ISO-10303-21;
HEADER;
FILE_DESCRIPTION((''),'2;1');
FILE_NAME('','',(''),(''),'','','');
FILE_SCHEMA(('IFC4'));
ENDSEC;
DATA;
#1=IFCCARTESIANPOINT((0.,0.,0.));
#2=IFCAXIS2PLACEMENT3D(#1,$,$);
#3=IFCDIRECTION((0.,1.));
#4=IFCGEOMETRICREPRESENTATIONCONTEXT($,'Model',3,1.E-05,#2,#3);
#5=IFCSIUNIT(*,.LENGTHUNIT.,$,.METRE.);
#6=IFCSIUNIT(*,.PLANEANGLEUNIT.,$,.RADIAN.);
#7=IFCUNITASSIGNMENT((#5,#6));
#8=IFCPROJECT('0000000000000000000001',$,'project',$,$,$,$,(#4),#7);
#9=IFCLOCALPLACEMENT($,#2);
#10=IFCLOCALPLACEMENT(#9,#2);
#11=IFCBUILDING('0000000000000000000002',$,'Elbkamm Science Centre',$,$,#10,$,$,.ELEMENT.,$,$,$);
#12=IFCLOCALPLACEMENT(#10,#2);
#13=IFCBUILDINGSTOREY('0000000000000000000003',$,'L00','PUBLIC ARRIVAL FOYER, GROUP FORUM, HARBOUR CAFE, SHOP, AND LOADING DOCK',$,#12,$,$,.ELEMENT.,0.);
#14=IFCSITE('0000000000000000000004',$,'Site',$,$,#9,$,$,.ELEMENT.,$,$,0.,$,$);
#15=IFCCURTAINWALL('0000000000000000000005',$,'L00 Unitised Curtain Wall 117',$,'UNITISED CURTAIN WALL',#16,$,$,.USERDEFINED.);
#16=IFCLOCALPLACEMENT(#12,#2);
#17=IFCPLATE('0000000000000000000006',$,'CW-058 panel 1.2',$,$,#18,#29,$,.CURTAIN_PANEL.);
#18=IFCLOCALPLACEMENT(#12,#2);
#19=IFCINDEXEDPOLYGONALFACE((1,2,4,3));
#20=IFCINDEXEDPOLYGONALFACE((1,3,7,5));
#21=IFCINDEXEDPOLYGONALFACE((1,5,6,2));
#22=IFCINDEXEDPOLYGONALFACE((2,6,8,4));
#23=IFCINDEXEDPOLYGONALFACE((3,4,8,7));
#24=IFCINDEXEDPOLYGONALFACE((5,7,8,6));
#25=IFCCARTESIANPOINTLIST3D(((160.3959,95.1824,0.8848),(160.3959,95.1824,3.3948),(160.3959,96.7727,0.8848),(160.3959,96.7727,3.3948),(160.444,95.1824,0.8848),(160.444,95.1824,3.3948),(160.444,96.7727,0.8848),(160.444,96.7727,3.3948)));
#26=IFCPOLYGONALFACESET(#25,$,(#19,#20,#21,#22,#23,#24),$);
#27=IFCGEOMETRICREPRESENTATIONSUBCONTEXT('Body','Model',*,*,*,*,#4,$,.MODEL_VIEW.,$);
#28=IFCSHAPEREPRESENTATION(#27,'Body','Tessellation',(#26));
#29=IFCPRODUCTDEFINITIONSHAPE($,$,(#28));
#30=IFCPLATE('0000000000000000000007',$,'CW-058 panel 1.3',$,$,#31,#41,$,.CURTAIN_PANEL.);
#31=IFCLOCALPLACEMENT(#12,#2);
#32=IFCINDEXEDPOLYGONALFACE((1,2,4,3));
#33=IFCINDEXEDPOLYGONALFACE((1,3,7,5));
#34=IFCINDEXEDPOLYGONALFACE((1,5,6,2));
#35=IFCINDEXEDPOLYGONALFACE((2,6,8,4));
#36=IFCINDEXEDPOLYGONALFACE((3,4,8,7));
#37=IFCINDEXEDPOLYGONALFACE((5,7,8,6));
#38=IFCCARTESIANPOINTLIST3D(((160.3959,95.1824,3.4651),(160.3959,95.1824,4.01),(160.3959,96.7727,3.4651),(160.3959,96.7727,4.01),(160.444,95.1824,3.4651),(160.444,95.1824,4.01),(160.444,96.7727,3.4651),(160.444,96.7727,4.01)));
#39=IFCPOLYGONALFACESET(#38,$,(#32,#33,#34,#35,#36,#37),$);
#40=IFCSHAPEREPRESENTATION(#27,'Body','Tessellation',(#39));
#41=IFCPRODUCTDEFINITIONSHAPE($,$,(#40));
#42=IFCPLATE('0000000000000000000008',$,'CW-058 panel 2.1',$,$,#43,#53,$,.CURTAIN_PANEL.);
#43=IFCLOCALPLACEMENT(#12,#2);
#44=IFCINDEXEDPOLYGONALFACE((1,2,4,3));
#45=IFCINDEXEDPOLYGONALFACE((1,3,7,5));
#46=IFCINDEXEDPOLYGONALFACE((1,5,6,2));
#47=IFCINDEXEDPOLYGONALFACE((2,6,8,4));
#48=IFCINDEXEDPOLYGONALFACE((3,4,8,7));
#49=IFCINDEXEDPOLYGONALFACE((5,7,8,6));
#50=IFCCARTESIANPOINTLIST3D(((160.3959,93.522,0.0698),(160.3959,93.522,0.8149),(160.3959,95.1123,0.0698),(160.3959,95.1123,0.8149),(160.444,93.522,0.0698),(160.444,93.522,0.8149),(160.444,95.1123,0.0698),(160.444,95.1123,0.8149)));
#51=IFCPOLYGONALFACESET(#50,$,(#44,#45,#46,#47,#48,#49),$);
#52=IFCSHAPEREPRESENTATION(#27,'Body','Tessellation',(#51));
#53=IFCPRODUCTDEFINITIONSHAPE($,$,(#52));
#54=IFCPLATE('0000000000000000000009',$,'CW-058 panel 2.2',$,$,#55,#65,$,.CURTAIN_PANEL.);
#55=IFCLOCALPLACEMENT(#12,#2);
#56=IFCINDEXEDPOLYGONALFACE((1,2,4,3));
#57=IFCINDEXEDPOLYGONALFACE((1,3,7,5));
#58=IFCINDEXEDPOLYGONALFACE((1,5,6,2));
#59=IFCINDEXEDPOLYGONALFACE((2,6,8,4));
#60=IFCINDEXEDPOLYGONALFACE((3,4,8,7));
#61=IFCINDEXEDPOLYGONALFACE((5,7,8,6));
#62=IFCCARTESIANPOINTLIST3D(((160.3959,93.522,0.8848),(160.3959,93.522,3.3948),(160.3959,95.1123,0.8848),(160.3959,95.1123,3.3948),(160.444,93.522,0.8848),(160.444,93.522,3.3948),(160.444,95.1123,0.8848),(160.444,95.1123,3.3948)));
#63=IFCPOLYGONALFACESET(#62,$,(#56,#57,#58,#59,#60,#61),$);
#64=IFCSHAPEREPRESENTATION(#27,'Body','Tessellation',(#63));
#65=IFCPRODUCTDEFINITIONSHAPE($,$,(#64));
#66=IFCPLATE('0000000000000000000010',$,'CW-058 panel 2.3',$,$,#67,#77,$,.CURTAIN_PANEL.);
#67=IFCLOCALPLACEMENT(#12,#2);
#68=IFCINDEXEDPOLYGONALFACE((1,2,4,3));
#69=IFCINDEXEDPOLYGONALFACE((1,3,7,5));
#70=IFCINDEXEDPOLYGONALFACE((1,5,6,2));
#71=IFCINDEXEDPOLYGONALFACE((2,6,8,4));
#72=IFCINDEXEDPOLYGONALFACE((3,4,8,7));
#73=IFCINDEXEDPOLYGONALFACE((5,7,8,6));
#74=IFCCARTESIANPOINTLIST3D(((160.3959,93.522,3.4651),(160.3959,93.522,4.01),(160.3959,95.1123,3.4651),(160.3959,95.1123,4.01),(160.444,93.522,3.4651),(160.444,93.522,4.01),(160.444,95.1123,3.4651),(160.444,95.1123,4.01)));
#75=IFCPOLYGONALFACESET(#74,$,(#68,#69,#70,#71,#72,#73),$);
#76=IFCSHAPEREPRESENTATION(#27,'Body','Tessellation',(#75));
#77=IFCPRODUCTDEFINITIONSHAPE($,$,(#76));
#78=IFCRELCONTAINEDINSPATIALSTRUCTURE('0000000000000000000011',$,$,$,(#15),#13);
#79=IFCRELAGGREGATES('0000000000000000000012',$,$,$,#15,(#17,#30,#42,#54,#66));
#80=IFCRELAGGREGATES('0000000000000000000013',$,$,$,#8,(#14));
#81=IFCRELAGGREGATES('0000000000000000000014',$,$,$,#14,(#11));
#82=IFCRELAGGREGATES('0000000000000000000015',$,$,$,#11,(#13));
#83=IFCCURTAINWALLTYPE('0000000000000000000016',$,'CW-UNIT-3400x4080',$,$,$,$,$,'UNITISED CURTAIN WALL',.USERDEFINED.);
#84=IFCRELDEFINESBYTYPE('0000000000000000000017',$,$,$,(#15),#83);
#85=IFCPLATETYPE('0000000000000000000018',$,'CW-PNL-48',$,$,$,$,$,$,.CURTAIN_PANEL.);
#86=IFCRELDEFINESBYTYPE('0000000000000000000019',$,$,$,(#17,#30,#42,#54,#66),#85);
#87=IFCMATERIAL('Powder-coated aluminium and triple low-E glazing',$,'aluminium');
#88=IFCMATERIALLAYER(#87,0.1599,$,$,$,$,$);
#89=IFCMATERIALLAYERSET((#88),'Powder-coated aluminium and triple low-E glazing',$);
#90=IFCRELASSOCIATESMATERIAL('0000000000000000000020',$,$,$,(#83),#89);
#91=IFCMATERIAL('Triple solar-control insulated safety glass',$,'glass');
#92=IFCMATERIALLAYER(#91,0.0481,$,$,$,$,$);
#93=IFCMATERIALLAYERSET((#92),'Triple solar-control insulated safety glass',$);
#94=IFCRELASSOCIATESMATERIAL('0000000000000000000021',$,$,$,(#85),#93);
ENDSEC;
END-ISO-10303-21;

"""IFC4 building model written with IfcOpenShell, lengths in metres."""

from ifc_helpers import new_model, si_unit, direction, frame, origin, origin_2d, place, context, subcontext, project, spatial, rectangle, extrude, material, layer, layer_set, type_object, element, aggregate, save


model = new_model("IFC4")

# Units and contexts
model_context = context("Model", 3, precision=1e-05, world=origin(), true_north=direction((0.0, 1.0)))
body_context = subcontext(model_context, "Body", "Model", "MODEL_VIEW")
ifc_project = project(units=[si_unit("LENGTHUNIT", "METRE"), si_unit("PLANEANGLEUNIT", "RADIAN")], contexts=[model_context])

# Site, building, storey
site_placement = place(None, origin())
site = spatial("IfcSite", under=ifc_project, at=site_placement, Name="Site", CompositionType="ELEMENT", RefElevation=0.0)
building_placement = place(site_placement, origin())
building = spatial("IfcBuilding", under=site, at=building_placement, Name="Elbkamm Science Centre", CompositionType="ELEMENT")
storey_placement = place(building_placement, origin())
storey = spatial("IfcBuildingStorey", under=building, at=storey_placement, Name="L00", Description="PUBLIC ARRIVAL FOYER, GROUP FORUM, HARBOUR CAFE, SHOP, AND LOADING DOCK", CompositionType="ELEMENT", Elevation=0.0)

# Shared definitions
ifc_material_1 = material(Name="Powder-coated aluminium and triple low-E glazing", Category="aluminium")
ifc_layer_1 = layer(ifc_material_1, 0.1599)
ifc_layer_set_1 = layer_set([ifc_layer_1], Name="Powder-coated aluminium and triple low-E glazing")
curtain_wall_type_1 = type_object("IfcCurtainWallType", Name="CW-UNIT-3400x4080", ElementType="UNITISED CURTAIN WALL", PredefinedType="USERDEFINED", material=ifc_layer_set_1)

# Curtain wall
curtain_wall_1_placement = place(storey_placement, origin())
curtain_wall_1 = element("IfcCurtainWall", 1, at=curtain_wall_1_placement, inside=storey, type_object=curtain_wall_type_1, Name="L00 Unitised Curtain Wall 117", ObjectType="UNITISED CURTAIN WALL", PredefinedType="USERDEFINED")

# Plates
ifc_material_2 = material(Name="Triple solar-control insulated safety glass", Category="glass")
ifc_layer_2 = layer(ifc_material_2, 0.0481)
ifc_layer_set_2 = layer_set([ifc_layer_2], Name="Triple solar-control insulated safety glass")
plate_type = type_object("IfcPlateType", Name="CW-PNL-48", PredefinedType="CURTAIN_PANEL", material=ifc_layer_set_2)
plate_1_placement = place(storey_placement, frame((160.4199, 95.9775, 0.8848), z_axis=(0.0, 0.0, 1.0), x_axis=(0.0, -1.0, 0.0)))
plate_1 = element("IfcPlate", 2, at=plate_1_placement, type_object=plate_type, Name="CW-058 panel 1.2", PredefinedType="CURTAIN_PANEL", context=body_context, shape_type="SweptSolid", body=[
    extrude(rectangle(XDim=1.5903, YDim=0.0481, at=origin_2d()), origin(), (0.0, 0.0, 1.0), 2.51),
])
plate_2_placement = place(storey_placement, frame((160.4199, 95.9775, 3.4651), z_axis=(0.0, 0.0, 1.0), x_axis=(0.0, -1.0, 0.0)))
plate_2 = element("IfcPlate", 3, at=plate_2_placement, type_object=plate_type, Name="CW-058 panel 1.3", PredefinedType="CURTAIN_PANEL", context=body_context, shape_type="SweptSolid", body=[
    extrude(rectangle(XDim=1.5903, YDim=0.0481, at=origin_2d()), origin(), (0.0, 0.0, 1.0), 0.5449),
])
plate_3_placement = place(storey_placement, frame((160.4199, 94.3171, 0.0698), z_axis=(0.0, 0.0, 1.0), x_axis=(0.0, -1.0, 0.0)))
plate_3 = element("IfcPlate", 4, at=plate_3_placement, type_object=plate_type, Name="CW-058 panel 2.1", PredefinedType="CURTAIN_PANEL", context=body_context, shape_type="SweptSolid", body=[
    extrude(rectangle(XDim=1.5903, YDim=0.0481, at=origin_2d()), origin(), (0.0, 0.0, 1.0), 0.7451),
])
plate_4_placement = place(storey_placement, frame((160.4199, 94.3171, 0.8848), z_axis=(0.0, 0.0, 1.0), x_axis=(0.0, -1.0, 0.0)))
plate_4 = element("IfcPlate", 5, at=plate_4_placement, type_object=plate_type, Name="CW-058 panel 2.2", PredefinedType="CURTAIN_PANEL", context=body_context, shape_type="SweptSolid", body=[
    extrude(rectangle(XDim=1.5903, YDim=0.0481, at=origin_2d()), origin(), (0.0, 0.0, 1.0), 2.51),
])
plate_5_placement = place(storey_placement, frame((160.4199, 94.3171, 3.4651), z_axis=(0.0, 0.0, 1.0), x_axis=(0.0, -1.0, 0.0)))
plate_5 = element("IfcPlate", 6, at=plate_5_placement, type_object=plate_type, Name="CW-058 panel 2.3", PredefinedType="CURTAIN_PANEL", context=body_context, shape_type="SweptSolid", body=[
    extrude(rectangle(XDim=1.5903, YDim=0.0481, at=origin_2d()), origin(), (0.0, 0.0, 1.0), 0.5449),
])
aggregate(curtain_wall_1, [plate_1, plate_2, plate_3, plate_4, plate_5])

save(model, "model.ifc")
